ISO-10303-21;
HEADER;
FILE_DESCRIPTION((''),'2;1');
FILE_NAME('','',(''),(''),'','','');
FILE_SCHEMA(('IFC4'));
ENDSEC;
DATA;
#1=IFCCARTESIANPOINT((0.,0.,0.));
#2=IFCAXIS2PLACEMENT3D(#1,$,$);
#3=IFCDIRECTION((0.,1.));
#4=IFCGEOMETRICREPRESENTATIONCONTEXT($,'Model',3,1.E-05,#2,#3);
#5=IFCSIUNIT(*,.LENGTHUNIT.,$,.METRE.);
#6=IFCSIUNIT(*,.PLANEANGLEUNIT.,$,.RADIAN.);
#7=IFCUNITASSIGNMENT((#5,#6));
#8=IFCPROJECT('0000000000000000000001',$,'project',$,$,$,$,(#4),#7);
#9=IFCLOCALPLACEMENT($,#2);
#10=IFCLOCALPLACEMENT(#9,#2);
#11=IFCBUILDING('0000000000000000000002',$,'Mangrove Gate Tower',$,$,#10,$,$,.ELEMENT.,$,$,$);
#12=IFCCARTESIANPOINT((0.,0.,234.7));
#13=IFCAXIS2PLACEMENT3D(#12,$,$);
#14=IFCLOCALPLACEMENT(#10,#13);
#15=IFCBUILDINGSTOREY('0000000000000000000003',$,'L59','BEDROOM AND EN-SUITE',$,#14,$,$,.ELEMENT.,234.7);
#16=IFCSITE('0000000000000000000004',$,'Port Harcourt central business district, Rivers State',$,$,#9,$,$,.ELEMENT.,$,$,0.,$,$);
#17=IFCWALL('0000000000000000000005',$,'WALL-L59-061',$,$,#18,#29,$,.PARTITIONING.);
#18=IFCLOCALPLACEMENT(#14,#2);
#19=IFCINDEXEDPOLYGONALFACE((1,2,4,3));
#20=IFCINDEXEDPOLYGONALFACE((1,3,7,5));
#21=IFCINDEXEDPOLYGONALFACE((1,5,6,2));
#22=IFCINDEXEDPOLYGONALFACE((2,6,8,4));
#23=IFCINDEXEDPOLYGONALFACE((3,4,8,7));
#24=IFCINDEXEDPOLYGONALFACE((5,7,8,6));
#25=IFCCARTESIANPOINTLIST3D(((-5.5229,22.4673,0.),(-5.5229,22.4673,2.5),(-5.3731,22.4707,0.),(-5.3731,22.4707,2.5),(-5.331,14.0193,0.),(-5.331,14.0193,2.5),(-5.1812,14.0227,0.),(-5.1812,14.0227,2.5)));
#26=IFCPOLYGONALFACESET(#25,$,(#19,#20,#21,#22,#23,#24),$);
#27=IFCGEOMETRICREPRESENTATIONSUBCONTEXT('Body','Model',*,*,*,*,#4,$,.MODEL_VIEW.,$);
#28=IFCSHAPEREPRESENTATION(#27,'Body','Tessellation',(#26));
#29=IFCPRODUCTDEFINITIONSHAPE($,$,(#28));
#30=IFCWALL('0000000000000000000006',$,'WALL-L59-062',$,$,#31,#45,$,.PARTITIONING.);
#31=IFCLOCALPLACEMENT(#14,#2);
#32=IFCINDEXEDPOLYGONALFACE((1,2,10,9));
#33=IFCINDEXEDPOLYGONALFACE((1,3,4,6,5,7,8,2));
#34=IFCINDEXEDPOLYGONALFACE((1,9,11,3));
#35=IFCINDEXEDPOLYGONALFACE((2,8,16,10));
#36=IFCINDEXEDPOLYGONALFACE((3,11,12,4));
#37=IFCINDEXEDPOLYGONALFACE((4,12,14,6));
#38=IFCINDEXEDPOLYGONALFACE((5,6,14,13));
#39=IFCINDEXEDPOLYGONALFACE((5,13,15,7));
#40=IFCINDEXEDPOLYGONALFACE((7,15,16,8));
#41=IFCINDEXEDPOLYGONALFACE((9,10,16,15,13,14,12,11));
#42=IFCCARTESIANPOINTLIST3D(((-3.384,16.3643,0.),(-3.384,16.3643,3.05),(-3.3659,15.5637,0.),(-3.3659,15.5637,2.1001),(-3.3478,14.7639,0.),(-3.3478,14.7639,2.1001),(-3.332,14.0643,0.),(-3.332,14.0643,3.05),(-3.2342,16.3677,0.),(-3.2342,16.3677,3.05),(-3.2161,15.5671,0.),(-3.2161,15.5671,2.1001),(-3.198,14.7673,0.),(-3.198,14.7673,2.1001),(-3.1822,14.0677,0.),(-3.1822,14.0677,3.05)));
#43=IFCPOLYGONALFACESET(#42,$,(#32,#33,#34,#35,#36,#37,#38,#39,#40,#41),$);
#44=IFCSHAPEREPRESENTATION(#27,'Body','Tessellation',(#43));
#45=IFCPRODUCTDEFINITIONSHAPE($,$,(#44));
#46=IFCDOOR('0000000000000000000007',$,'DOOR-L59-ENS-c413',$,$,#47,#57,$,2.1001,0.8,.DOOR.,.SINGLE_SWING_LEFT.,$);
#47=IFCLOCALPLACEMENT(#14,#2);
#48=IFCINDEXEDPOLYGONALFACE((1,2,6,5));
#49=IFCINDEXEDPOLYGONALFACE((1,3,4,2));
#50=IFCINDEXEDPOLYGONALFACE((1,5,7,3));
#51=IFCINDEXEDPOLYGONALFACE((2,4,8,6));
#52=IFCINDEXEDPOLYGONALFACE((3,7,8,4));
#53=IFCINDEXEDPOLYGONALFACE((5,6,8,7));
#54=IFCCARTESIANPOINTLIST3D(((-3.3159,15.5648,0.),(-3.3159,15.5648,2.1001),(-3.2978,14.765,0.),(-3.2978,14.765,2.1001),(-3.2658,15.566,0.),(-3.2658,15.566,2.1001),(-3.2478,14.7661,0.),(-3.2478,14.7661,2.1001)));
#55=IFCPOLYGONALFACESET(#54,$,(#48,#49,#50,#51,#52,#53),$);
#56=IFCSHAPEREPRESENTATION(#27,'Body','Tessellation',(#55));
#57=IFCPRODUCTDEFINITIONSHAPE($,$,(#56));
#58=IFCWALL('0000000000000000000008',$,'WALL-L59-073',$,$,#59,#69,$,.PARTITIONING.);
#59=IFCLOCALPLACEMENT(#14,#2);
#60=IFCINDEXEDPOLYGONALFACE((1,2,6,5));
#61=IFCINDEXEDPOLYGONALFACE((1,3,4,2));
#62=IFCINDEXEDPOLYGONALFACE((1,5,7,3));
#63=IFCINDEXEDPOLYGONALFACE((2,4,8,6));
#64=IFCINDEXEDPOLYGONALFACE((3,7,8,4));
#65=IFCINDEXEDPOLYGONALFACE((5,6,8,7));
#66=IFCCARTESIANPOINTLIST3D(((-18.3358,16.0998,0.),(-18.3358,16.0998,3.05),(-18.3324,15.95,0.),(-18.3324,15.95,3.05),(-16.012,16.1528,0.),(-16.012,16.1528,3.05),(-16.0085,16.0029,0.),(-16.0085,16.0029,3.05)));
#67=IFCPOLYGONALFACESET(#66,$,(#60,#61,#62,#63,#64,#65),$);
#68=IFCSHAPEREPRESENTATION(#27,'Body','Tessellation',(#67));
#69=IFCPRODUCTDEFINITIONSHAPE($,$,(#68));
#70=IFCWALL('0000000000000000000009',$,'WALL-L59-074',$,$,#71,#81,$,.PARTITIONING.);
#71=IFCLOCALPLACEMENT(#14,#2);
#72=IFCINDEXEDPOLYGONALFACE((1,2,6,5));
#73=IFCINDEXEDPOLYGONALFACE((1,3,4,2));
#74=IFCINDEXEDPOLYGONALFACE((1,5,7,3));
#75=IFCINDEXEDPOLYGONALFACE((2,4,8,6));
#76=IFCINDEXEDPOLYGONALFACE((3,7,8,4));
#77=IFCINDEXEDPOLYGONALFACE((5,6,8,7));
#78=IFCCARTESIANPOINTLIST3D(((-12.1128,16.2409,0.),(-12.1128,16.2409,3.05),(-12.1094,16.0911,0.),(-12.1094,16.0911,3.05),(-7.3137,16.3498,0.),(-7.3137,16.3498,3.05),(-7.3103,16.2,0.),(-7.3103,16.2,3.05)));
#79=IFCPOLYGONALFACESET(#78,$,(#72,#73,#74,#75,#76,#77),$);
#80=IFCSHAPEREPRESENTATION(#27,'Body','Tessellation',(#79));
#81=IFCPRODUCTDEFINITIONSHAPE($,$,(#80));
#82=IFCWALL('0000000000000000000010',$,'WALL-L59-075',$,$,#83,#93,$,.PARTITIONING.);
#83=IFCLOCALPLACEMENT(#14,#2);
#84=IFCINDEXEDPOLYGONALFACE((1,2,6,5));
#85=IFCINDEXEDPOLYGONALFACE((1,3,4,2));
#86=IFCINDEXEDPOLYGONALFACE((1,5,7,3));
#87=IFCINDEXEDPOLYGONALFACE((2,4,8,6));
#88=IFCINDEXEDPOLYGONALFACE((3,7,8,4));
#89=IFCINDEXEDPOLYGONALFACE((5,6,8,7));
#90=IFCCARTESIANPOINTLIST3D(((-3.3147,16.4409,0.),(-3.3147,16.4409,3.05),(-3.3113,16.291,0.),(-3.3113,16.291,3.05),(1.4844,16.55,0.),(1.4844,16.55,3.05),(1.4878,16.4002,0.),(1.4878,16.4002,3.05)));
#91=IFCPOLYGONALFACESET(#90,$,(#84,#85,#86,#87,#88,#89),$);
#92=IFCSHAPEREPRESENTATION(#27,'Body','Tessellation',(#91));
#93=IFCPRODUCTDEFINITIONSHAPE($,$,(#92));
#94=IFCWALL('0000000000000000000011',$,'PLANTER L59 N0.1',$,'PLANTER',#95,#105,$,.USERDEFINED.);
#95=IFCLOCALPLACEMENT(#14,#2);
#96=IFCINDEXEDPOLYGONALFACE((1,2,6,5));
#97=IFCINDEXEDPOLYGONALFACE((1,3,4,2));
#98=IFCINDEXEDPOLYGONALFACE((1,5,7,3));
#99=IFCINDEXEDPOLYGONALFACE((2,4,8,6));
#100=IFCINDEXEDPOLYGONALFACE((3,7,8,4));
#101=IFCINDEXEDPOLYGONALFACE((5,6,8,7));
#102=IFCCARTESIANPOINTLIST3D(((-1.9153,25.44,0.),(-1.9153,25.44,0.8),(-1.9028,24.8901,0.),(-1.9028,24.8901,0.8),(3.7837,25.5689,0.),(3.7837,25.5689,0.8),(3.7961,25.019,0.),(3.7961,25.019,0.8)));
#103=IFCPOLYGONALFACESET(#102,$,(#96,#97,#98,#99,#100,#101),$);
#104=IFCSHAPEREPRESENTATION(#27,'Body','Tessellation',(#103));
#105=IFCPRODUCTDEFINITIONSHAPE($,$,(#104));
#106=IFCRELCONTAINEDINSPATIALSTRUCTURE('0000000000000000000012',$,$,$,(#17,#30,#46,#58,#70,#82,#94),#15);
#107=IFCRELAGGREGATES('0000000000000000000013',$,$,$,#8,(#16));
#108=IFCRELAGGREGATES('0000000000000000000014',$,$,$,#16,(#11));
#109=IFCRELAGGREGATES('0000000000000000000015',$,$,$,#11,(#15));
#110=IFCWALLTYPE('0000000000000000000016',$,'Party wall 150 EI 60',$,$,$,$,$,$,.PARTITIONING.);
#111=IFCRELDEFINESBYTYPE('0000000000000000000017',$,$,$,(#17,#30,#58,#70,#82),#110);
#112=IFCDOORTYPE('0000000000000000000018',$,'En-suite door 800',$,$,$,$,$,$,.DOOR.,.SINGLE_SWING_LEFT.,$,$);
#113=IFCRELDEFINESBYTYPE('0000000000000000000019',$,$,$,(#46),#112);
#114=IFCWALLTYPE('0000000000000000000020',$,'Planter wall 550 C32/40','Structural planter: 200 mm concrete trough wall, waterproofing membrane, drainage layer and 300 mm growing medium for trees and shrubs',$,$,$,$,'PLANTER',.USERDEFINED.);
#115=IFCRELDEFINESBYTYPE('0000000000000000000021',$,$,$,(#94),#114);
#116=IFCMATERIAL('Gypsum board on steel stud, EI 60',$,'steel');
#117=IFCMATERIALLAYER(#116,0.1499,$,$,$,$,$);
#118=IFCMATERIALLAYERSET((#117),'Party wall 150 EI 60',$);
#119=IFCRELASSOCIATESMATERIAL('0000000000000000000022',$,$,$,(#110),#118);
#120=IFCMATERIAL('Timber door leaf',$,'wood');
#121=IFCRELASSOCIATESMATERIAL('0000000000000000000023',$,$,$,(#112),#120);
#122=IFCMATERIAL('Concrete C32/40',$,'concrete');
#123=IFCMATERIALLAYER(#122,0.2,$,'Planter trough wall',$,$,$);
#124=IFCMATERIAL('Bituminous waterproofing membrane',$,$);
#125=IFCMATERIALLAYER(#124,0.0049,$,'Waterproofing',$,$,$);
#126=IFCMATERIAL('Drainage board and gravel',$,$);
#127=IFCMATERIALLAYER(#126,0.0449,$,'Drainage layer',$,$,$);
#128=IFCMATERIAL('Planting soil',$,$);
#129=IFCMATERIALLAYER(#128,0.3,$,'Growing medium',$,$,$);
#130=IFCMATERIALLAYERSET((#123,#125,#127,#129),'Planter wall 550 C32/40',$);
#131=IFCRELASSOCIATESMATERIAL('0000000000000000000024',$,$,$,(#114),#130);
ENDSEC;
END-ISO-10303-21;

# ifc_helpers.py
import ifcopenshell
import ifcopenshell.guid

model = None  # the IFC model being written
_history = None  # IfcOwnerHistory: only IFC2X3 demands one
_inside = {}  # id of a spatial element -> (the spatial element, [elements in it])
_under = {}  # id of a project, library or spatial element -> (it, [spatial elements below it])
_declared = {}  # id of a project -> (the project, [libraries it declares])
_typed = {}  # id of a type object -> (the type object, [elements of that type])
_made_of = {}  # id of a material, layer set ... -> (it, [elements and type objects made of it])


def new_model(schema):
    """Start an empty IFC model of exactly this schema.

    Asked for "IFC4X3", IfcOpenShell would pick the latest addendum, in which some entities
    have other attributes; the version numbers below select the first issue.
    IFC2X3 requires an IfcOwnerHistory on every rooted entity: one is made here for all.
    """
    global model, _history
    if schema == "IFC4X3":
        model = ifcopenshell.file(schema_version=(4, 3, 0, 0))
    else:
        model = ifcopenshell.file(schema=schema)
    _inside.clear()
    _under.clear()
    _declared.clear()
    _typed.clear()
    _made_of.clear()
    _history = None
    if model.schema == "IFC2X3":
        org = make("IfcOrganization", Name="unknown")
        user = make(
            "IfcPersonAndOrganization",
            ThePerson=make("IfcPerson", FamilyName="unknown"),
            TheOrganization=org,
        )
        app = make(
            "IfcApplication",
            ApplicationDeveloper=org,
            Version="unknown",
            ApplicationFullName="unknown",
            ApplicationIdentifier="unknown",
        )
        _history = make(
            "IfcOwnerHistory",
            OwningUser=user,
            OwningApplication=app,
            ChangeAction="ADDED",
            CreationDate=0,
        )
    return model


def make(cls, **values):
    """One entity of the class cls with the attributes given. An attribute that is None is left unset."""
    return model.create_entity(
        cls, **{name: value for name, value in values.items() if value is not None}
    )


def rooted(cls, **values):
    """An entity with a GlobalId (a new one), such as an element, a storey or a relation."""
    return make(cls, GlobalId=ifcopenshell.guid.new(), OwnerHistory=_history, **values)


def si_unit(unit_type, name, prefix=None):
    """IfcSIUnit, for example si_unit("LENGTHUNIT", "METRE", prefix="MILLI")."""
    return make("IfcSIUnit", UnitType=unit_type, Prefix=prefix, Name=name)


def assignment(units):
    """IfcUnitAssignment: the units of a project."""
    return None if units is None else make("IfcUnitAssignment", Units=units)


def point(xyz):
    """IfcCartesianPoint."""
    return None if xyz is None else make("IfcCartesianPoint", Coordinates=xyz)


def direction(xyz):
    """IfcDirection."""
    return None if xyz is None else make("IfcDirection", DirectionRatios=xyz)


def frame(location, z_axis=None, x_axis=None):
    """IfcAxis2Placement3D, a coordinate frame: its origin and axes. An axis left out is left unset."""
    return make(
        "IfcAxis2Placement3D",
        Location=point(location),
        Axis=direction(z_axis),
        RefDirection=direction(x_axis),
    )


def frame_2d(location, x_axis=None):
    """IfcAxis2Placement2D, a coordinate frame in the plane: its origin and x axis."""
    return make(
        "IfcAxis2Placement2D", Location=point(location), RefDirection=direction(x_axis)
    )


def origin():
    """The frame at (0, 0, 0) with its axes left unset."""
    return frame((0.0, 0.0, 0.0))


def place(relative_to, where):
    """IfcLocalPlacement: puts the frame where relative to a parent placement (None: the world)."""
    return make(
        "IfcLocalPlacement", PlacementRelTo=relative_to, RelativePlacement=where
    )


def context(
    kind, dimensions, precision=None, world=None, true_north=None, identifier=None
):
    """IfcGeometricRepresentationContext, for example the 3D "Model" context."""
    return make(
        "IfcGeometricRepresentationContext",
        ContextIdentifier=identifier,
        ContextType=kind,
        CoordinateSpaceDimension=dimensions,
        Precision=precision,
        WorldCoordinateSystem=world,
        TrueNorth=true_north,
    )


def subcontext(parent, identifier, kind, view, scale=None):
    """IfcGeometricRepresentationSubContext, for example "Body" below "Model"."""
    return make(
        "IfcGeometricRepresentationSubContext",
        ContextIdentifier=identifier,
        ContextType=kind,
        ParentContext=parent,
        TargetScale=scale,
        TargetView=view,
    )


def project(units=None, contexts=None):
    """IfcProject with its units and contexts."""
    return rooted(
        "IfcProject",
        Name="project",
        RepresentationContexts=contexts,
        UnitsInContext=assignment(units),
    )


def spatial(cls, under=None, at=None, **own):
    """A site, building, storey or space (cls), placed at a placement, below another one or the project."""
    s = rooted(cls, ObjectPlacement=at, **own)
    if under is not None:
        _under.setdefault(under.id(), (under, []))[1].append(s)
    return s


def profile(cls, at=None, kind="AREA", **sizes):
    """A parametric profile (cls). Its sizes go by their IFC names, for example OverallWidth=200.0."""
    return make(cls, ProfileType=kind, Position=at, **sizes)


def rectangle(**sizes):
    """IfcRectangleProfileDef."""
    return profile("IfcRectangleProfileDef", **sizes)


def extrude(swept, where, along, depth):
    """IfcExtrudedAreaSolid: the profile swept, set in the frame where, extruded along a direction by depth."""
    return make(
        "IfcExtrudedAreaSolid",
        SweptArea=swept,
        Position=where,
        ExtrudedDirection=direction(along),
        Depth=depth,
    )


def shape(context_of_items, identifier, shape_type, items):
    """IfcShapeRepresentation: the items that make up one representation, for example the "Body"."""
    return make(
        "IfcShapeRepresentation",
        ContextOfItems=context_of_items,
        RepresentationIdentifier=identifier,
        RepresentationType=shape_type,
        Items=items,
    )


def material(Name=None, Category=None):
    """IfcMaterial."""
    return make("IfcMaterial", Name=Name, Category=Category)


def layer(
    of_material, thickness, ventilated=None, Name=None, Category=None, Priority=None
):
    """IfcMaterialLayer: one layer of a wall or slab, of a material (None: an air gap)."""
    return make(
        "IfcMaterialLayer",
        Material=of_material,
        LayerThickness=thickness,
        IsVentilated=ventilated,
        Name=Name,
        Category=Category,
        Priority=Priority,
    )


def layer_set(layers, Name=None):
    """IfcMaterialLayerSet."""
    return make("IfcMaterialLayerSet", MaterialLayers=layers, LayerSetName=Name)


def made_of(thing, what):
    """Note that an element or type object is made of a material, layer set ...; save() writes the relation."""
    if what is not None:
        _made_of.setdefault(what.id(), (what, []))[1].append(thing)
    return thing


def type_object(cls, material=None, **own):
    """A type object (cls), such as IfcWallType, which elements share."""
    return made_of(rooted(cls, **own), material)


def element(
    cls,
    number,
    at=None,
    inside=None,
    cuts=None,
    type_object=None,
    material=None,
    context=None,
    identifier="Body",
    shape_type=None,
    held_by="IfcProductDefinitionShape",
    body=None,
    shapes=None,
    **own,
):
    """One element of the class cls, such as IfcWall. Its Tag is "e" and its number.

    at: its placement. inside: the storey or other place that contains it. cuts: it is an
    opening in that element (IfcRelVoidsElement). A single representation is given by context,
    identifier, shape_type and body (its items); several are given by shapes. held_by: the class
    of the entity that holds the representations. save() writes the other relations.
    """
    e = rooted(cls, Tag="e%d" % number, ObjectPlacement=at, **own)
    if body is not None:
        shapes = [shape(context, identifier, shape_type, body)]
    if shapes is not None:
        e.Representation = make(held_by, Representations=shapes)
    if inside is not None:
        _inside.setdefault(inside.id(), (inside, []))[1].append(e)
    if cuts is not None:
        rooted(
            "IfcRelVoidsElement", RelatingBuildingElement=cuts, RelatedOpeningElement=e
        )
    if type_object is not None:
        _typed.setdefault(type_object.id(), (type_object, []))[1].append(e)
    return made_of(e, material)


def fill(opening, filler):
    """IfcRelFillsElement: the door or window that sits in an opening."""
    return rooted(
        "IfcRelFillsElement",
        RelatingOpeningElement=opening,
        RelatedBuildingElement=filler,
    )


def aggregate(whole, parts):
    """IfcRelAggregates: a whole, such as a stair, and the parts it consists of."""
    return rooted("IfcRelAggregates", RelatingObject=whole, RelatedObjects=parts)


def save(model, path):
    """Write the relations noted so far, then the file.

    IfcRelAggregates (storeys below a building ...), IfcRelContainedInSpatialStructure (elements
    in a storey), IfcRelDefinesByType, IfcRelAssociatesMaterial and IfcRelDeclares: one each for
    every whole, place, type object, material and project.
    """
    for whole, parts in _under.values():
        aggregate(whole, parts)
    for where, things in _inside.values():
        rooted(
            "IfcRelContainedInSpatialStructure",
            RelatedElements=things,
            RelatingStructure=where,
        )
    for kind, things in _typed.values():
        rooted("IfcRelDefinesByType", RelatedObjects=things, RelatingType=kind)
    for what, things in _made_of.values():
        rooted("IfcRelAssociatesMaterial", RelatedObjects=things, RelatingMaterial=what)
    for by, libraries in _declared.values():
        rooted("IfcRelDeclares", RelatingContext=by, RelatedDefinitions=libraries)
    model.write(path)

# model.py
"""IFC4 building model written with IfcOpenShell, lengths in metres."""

from ifc_helpers import new_model, si_unit, direction, frame, frame_2d, origin, place, context, subcontext, project, spatial, rectangle, extrude, material, layer, layer_set, type_object, element, fill, save


model = new_model("IFC4")

# Units and contexts
model_context = context("Model", 3, precision=1e-05, world=origin(), true_north=direction((0.0, 1.0)))
body_context = subcontext(model_context, "Body", "Model", "MODEL_VIEW")
ifc_project = project(units=[si_unit("LENGTHUNIT", "METRE"), si_unit("PLANEANGLEUNIT", "RADIAN")], contexts=[model_context])

# Site, building, storey
site_placement = place(None, origin())
site = spatial("IfcSite", under=ifc_project, at=site_placement, Name="Port Harcourt central business district, Rivers State", CompositionType="ELEMENT", RefElevation=0.0)
building_placement = place(site_placement, origin())
building = spatial("IfcBuilding", under=site, at=building_placement, Name="Mangrove Gate Tower", CompositionType="ELEMENT")
storey_placement = place(building_placement, frame((0.0, 0.0, 234.7)))
storey = spatial("IfcBuildingStorey", under=building, at=storey_placement, Name="L59", Description="BEDROOM AND EN-SUITE", CompositionType="ELEMENT", Elevation=234.7)

# Shared definitions
ifc_material_1 = material(Name="Gypsum board on steel stud, EI 60", Category="steel")
ifc_layer_1 = layer(ifc_material_1, 0.1499)
ifc_layer_set_1 = layer_set([ifc_layer_1], Name="Party wall 150 EI 60")
wall_type_1 = type_object("IfcWallType", Name="Party wall 150 EI 60", PredefinedType="PARTITIONING", material=ifc_layer_set_1)

# Shared definitions
ifc_material_2 = material(Name="Timber door leaf", Category="wood")
door_type = type_object("IfcDoorType", Name="En-suite door 800", OperationType="SINGLE_SWING_LEFT", PredefinedType="DOOR", material=ifc_material_2)

# Wall
wall_1_placement = place(storey_placement, frame((-5.2561, 14.021, 0.0), z_axis=(0.0, 0.0, 1.0), x_axis=(-0.022709, 0.999742, 0.0)))
element("IfcWall", 1, at=wall_1_placement, inside=storey, type_object=wall_type_1, Name="WALL-L59-061", PredefinedType="PARTITIONING", context=body_context, shape_type="SweptSolid", body=[
    extrude(rectangle(XDim=8.4502, YDim=0.1499, at=frame_2d((4.2251, 0.0))), origin(), (0.0, 0.0, 1.0), 2.5),
])

# Wall, opening, door
wall_2_placement = place(storey_placement, frame((-3.2571, 14.0659, 0.0), z_axis=(0.0, 0.0, 1.0), x_axis=(-0.022603, 0.999745, 0.0)))
wall_2 = element("IfcWall", 2, at=wall_2_placement, inside=storey, type_object=wall_type_1, Name="WALL-L59-062", PredefinedType="PARTITIONING", context=body_context, shape_type="SweptSolid", body=[
    extrude(rectangle(XDim=2.3005, YDim=0.1499, at=frame_2d((1.1504, 0.0))), origin(), (0.0, 0.0, 1.0), 3.05),
])
opening_1_placement = place(wall_2_placement, frame((0.7, 0.0, 0.0)))
opening_1 = element("IfcOpeningElement", 3, at=opening_1_placement, cuts=wall_2, PredefinedType="OPENING", context=body_context, shape_type="SweptSolid", body=[
    extrude(rectangle(XDim=0.8, YDim=2.1001, at=frame_2d((0.3999, 1.05))), frame((0.0, 0.085, 0.0), z_axis=(0.0, -1.0, 0.0), x_axis=(1.0, 0.0, 0.0)), (0.0, 0.0, 1.0), 0.1699),
])
door_1_placement = place(opening_1_placement, origin())
door_1 = element("IfcDoor", 4, at=door_1_placement, inside=storey, type_object=door_type, Name="DOOR-L59-ENS-c413", OperationType="SINGLE_SWING_LEFT", OverallHeight=2.1001, OverallWidth=0.8, PredefinedType="DOOR", context=body_context, shape_type="SweptSolid", body=[
    extrude(rectangle(XDim=0.8, YDim=2.1001, at=frame_2d((0.3999, 1.05))), frame((0.0, 0.0249, 0.0), z_axis=(0.0, -1.0, 0.0), x_axis=(1.0, 0.0, 0.0)), (0.0, 0.0, 1.0), 0.05),
])
fill(opening_1, door_1)

# Walls
wall_3_placement = place(storey_placement, frame((-18.334, 16.0249, 0.0), z_axis=(0.0, 0.0, 1.0), x_axis=(0.99974, 0.022791, 0.0)))
element("IfcWall", 5, at=wall_3_placement, inside=storey, type_object=wall_type_1, Name="WALL-L59-073", PredefinedType="PARTITIONING", context=body_context, shape_type="SweptSolid", body=[
    extrude(rectangle(XDim=2.3245, YDim=0.1499, at=frame_2d((1.1621, 0.0))), origin(), (0.0, 0.0, 1.0), 3.05),
])
for number, where, z_axis, x_axis, name in (
    (6, (-12.1111, 16.166, 0.0), (0.0, 0.0, 1.0), (0.999743, 0.022683, 0.0), "WALL-L59-074"),
    (7, (-3.313, 16.366, 0.0), (0.0, 0.0, 1.0), (0.999742, 0.022734, 0.0), "WALL-L59-075"),
):
    element("IfcWall", number, at=place(storey_placement, frame(where, z_axis=z_axis, x_axis=x_axis)), inside=storey, type_object=wall_type_1, Name=name, PredefinedType="PARTITIONING", context=body_context, shape_type="SweptSolid", body=[
        extrude(rectangle(XDim=4.8003, YDim=0.1499, at=frame_2d((2.4001, 0.0))), origin(), (0.0, 0.0, 1.0), 3.05),
    ])
ifc_material_3 = material(Name="Concrete C32/40", Category="concrete")
ifc_layer_2 = layer(ifc_material_3, 0.2, Name="Planter trough wall")
ifc_material_4 = material(Name="Bituminous waterproofing membrane")
ifc_layer_3 = layer(ifc_material_4, 0.0049, Name="Waterproofing")
ifc_material_5 = material(Name="Drainage board and gravel")
ifc_layer_4 = layer(ifc_material_5, 0.0449, Name="Drainage layer")
ifc_material_6 = material(Name="Planting soil")
ifc_layer_5 = layer(ifc_material_6, 0.3, Name="Growing medium")
ifc_layer_set_2 = layer_set([ifc_layer_2, ifc_layer_3, ifc_layer_4, ifc_layer_5], Name="Planter wall 550 C32/40")
wall_type_2 = type_object("IfcWallType", Name="Planter wall 550 C32/40", Description="Structural planter: 200 mm concrete trough wall, waterproofing membrane, drainage layer and 300 mm growing medium for trees and shrubs", ElementType="PLANTER", PredefinedType="USERDEFINED", material=ifc_layer_set_2)
wall_4_placement = place(storey_placement, frame((-1.9089, 25.165, 0.0), z_axis=(0.0, 0.0, 1.0), x_axis=(0.999744, 0.022613, 0.0)))
element("IfcWall", 8, at=wall_4_placement, inside=storey, type_object=wall_type_2, Name="PLANTER L59 N0.1", ObjectType="PLANTER", PredefinedType="USERDEFINED", context=body_context, shape_type="SweptSolid", body=[
    extrude(rectangle(XDim=5.7004, YDim=0.55, at=frame_2d((2.8501, 0.0))), origin(), (0.0, 0.0, 1.0), 0.8),
])

save(model, "model.ifc")
